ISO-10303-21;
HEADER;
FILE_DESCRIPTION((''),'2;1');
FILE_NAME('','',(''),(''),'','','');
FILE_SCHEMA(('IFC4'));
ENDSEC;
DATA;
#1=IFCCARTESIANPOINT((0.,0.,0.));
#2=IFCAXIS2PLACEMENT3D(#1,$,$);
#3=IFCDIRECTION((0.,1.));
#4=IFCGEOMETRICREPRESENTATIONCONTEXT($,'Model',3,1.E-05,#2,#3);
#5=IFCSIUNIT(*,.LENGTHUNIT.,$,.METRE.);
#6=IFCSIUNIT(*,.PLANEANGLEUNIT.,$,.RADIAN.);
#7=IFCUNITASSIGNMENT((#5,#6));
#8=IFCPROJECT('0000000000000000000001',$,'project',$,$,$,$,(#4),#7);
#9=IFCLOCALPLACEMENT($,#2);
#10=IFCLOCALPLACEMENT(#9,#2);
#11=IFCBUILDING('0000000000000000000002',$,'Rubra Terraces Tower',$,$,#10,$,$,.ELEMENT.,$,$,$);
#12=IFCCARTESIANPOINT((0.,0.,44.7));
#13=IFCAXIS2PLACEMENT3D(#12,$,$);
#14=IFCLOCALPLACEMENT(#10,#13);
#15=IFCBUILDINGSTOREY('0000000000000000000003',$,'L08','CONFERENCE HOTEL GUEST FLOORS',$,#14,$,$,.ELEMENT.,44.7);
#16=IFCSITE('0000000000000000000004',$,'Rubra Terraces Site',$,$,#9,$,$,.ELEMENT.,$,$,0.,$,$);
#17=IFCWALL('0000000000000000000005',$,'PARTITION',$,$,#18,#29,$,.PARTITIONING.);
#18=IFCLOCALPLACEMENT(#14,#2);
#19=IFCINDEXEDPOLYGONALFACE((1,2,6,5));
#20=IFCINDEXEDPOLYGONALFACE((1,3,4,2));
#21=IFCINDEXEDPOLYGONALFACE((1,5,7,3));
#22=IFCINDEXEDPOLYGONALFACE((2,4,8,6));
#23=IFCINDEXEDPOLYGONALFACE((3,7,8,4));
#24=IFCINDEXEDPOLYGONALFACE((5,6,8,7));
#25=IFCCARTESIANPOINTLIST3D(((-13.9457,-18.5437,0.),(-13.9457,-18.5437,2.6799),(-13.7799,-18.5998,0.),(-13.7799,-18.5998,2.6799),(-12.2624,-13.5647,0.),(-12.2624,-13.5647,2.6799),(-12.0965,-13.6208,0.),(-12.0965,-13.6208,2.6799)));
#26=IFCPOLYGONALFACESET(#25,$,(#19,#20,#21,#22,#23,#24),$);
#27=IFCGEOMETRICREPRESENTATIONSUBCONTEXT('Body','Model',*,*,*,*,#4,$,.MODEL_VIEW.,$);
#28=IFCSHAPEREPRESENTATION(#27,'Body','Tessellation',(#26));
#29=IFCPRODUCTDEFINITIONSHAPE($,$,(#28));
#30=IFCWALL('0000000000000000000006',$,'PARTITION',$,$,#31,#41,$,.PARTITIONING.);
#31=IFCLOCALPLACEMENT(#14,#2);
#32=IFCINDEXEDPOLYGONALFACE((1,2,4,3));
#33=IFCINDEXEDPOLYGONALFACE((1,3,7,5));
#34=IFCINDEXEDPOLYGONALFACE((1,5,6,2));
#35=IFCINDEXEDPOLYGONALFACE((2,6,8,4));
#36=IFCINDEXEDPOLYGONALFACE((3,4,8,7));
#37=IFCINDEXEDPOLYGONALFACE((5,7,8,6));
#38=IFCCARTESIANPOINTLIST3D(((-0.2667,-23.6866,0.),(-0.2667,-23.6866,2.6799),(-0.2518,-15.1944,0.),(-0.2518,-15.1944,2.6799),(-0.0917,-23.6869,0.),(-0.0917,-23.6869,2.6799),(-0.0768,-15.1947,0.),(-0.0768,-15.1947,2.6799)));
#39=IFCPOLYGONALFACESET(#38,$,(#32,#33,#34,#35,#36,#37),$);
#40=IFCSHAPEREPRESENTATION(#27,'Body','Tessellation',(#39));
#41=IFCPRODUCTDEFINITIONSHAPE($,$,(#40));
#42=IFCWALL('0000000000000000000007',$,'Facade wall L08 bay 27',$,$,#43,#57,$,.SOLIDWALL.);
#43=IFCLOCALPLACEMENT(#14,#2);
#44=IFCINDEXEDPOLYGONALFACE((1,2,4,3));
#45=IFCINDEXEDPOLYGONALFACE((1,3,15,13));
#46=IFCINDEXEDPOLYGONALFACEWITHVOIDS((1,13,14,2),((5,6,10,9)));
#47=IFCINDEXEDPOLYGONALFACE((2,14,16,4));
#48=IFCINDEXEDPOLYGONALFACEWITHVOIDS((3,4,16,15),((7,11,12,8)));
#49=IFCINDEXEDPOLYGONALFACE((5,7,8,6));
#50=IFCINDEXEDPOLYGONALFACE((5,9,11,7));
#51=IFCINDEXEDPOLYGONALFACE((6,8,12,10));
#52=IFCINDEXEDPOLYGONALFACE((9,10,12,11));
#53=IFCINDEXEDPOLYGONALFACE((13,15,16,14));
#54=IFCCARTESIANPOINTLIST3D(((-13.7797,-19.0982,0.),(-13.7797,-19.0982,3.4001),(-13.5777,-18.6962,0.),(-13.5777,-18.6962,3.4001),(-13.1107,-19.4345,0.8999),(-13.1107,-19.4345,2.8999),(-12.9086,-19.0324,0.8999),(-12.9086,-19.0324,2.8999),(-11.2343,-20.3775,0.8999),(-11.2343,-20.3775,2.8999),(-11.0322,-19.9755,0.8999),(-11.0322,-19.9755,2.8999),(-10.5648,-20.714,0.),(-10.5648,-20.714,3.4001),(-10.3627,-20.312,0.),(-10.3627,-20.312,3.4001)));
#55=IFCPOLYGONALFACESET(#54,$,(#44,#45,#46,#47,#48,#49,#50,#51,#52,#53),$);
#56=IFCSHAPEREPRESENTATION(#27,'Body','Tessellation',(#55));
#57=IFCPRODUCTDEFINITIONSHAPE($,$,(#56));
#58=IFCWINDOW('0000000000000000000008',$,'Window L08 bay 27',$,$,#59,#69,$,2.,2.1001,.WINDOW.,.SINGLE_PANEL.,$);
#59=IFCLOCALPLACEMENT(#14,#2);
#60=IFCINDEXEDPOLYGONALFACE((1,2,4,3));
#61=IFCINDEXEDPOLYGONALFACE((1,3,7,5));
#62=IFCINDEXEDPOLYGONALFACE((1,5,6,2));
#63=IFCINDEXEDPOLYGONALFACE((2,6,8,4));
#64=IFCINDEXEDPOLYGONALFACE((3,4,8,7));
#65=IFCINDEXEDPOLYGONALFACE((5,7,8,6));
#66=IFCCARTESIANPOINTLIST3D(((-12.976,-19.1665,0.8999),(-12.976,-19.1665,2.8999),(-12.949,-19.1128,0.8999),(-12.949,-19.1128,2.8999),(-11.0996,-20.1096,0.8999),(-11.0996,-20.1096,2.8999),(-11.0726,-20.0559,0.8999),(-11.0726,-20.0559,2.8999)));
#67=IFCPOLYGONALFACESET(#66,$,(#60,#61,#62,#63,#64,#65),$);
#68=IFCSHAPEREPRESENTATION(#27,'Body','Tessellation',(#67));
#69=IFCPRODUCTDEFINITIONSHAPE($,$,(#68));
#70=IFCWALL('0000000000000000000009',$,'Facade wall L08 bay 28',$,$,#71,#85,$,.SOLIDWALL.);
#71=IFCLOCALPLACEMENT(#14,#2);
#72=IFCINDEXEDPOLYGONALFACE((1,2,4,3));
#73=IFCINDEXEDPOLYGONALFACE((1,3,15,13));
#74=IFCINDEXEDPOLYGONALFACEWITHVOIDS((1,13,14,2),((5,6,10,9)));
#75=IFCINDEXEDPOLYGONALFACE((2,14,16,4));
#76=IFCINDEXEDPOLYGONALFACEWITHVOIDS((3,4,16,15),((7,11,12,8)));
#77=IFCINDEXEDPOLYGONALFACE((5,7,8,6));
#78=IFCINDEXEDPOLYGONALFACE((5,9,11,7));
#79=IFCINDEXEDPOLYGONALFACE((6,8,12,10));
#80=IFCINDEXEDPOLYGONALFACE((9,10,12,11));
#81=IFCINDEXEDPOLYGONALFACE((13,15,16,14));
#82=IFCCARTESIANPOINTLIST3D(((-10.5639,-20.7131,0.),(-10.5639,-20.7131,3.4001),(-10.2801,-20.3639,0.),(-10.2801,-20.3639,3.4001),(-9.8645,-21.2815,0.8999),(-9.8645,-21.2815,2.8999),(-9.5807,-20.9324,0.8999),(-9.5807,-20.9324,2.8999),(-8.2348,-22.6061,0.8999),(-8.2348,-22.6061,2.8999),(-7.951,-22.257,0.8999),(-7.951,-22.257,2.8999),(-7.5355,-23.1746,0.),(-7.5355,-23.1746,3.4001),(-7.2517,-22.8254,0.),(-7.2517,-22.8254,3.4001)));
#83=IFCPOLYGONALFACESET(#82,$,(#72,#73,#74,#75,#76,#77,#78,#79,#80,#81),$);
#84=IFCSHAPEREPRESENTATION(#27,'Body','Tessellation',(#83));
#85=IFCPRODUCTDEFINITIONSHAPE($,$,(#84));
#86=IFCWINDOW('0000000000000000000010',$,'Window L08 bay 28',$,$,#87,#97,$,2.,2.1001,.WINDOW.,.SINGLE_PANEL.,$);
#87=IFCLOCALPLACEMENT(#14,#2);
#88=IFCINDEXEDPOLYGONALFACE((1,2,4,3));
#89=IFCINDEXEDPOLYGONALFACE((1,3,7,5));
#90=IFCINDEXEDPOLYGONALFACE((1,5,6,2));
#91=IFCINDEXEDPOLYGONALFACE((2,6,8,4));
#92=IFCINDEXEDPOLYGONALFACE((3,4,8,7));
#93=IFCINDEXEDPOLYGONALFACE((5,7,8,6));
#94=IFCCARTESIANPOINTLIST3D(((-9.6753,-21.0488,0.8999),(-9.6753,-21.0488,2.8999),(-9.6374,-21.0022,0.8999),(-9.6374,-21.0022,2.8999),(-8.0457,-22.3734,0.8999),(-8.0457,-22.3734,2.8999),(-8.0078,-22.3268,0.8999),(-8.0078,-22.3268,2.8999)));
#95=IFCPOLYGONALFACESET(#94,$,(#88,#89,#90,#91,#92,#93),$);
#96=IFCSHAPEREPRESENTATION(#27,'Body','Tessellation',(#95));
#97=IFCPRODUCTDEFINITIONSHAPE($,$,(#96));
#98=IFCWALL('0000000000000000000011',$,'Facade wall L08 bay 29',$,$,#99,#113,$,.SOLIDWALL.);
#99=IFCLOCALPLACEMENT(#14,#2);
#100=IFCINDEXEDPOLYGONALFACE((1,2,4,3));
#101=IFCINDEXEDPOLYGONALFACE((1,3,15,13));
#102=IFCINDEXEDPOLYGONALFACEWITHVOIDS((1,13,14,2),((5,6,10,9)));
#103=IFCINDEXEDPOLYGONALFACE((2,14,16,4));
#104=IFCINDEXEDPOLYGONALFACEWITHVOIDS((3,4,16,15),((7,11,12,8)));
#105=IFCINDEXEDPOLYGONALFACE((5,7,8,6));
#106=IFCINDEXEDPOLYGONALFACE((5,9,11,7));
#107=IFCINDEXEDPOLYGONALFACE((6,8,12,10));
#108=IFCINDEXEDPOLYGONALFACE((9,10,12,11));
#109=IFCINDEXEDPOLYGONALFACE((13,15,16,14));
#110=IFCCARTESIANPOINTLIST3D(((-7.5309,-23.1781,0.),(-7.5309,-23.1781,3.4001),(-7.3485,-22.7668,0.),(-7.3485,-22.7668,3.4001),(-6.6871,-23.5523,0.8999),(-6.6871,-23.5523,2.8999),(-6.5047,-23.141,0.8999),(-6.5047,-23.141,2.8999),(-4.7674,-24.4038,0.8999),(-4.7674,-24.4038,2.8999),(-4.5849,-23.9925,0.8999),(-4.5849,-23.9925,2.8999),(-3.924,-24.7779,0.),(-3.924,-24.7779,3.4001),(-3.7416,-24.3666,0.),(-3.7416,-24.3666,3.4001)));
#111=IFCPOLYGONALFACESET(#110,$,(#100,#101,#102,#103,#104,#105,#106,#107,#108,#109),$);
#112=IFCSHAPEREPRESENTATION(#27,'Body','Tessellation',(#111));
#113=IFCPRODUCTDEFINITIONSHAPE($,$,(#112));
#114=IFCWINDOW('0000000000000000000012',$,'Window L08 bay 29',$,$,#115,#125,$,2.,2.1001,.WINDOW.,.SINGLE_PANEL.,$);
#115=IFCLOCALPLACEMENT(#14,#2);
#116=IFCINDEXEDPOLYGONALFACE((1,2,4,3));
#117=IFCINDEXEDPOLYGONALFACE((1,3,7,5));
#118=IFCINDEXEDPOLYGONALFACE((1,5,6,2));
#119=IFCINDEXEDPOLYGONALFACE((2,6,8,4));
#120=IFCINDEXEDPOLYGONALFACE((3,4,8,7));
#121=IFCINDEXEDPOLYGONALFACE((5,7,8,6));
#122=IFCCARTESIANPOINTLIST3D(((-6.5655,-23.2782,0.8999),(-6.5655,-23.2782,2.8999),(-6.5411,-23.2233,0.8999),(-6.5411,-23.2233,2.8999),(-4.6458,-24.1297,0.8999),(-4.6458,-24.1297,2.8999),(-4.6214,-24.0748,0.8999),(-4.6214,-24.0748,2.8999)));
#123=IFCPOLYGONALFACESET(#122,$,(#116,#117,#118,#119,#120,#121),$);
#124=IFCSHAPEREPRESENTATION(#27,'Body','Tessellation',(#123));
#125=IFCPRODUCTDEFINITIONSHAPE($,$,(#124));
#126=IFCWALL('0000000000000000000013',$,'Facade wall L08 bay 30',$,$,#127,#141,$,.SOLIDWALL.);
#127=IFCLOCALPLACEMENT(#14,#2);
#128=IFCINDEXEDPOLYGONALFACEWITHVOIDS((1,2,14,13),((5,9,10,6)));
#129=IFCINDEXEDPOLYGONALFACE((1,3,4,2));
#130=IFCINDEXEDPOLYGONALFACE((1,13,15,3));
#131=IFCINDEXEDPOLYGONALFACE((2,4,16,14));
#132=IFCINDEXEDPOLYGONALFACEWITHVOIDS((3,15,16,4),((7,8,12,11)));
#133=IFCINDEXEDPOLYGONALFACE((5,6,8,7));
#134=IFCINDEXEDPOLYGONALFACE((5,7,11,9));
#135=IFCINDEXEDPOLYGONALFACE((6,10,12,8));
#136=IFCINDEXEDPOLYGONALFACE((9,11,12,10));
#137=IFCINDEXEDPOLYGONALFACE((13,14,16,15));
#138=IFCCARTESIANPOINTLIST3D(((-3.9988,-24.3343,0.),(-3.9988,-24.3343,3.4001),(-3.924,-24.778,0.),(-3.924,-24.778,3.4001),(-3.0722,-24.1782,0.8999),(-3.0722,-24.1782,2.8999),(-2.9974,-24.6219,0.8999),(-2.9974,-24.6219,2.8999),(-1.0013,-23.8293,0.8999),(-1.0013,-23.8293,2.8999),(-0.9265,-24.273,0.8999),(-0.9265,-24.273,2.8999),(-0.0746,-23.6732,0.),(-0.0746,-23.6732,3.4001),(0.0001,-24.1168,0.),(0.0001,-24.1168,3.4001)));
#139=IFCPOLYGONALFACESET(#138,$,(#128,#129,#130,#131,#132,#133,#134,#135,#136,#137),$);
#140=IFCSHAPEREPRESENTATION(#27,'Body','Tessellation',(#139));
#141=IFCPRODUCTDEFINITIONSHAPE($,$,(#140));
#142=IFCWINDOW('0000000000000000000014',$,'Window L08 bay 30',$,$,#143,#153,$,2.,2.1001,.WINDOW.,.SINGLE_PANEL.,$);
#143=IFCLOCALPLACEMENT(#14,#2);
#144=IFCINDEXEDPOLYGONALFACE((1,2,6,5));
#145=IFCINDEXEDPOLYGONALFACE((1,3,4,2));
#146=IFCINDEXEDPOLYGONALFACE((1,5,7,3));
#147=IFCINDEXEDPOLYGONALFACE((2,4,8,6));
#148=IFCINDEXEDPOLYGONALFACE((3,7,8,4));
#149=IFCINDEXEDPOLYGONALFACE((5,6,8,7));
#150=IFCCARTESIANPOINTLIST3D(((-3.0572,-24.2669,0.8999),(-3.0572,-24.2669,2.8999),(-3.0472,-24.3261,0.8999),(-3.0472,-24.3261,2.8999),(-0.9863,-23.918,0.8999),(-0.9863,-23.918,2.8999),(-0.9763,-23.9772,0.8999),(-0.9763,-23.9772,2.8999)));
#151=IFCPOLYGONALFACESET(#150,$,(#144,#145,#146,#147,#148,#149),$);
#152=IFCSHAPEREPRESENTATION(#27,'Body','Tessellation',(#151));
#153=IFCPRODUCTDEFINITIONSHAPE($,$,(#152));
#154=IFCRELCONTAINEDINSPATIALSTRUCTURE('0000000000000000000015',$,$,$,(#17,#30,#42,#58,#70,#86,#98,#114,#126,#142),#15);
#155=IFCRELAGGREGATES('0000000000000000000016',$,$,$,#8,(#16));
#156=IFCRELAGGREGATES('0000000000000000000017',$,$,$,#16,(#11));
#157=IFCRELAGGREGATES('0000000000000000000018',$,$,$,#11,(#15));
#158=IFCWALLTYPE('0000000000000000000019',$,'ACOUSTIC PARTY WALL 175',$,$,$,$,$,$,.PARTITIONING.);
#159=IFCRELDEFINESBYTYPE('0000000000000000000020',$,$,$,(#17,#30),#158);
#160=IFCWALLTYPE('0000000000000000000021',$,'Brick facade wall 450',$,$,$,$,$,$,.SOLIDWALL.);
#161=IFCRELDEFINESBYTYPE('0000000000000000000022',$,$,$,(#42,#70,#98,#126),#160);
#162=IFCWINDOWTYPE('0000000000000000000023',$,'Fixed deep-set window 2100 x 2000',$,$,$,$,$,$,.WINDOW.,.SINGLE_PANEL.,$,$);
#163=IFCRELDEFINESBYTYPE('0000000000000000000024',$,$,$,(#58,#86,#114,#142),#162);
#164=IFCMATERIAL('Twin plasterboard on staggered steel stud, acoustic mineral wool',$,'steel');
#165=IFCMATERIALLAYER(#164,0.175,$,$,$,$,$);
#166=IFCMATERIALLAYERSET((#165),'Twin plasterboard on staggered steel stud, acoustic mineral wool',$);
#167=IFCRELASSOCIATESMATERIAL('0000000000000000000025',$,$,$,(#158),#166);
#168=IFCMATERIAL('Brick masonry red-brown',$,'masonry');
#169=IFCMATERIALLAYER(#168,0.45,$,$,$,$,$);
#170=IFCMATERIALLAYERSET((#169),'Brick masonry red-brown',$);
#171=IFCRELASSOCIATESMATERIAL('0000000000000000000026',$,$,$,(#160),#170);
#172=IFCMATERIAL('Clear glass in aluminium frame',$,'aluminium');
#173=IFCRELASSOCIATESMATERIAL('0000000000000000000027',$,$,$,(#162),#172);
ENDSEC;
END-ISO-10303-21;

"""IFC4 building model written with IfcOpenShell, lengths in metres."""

from ifc_helpers import new_model, si_unit, direction, frame, frame_2d, origin, place, context, subcontext, project, spatial, rectangle, extrude, material, layer, layer_set, type_object, element, fill, save


model = new_model("IFC4")

# Units and contexts
model_context = context("Model", 3, precision=1e-05, world=origin(), true_north=direction((0.0, 1.0)))
body_context = subcontext(model_context, "Body", "Model", "MODEL_VIEW")
ifc_project = project(units=[si_unit("LENGTHUNIT", "METRE"), si_unit("PLANEANGLEUNIT", "RADIAN")], contexts=[model_context])

# Site, building, storey
site_placement = place(None, origin())
site = spatial("IfcSite", under=ifc_project, at=site_placement, Name="Rubra Terraces Site", CompositionType="ELEMENT", RefElevation=0.0)
building_placement = place(site_placement, origin())
building = spatial("IfcBuilding", under=site, at=building_placement, Name="Rubra Terraces Tower", CompositionType="ELEMENT")
storey_placement = place(building_placement, frame((0.0, 0.0, 44.7)))
storey = spatial("IfcBuildingStorey", under=building, at=storey_placement, Name="L08", Description="CONFERENCE HOTEL GUEST FLOORS", CompositionType="ELEMENT", Elevation=44.7)

# Walls
ifc_material_1 = material(Name="Twin plasterboard on staggered steel stud, acoustic mineral wool", Category="steel")
ifc_layer_1 = layer(ifc_material_1, 0.175)
ifc_layer_set_1 = layer_set([ifc_layer_1], Name="Twin plasterboard on staggered steel stud, acoustic mineral wool")
wall_type_1 = type_object("IfcWallType", Name="ACOUSTIC PARTY WALL 175", PredefinedType="PARTITIONING", material=ifc_layer_set_1)
wall_1_placement = place(storey_placement, frame((-13.8628, -18.5718, 0.0), z_axis=(0.0, 0.0, 1.0), x_axis=(0.32028, 0.947323, 0.0)))
element("IfcWall", 1, at=wall_1_placement, inside=storey, type_object=wall_type_1, Name="PARTITION", PredefinedType="PARTITIONING", context=body_context, shape_type="SweptSolid", body=[
    extrude(rectangle(XDim=5.2559, YDim=0.175, at=frame_2d((2.6279, 0.0))), origin(), (0.0, 0.0, 1.0), 2.6799),
])
wall_2_placement = place(storey_placement, frame((-0.1792, -23.6868, 0.0), z_axis=(0.0, 0.0, 1.0), x_axis=(0.001754, 0.999998, 0.0)))
element("IfcWall", 2, at=wall_2_placement, inside=storey, type_object=wall_type_1, Name="PARTITION", PredefinedType="PARTITIONING", context=body_context, shape_type="SweptSolid", body=[
    extrude(rectangle(XDim=8.4922, YDim=0.175, at=frame_2d((4.2461, 0.0))), origin(), (0.0, 0.0, 1.0), 2.6799),
])

# Walls, openings, windows
ifc_material_2 = material(Name="Brick masonry red-brown", Category="masonry")
ifc_layer_2 = layer(ifc_material_2, 0.45)
ifc_layer_set_2 = layer_set([ifc_layer_2], Name="Brick masonry red-brown")
wall_type_2 = type_object("IfcWallType", Name="Brick facade wall 450", PredefinedType="SOLIDWALL", material=ifc_layer_set_2)
wall_3_placement = place(storey_placement, frame((-13.6787, -18.8972, 0.0), z_axis=(0.0, 0.0, 1.0), x_axis=(0.893502, -0.449058, 0.0)))
wall_3 = element("IfcWall", 3, at=wall_3_placement, inside=storey, type_object=wall_type_2, Name="Facade wall L08 bay 27", PredefinedType="SOLIDWALL", context=body_context, shape_type="SweptSolid", body=[
    extrude(rectangle(XDim=3.5981, YDim=0.45, at=frame_2d((1.7991, 0.0))), origin(), (0.0, 0.0, 1.0), 3.4001),
])
opening_1_placement = place(wall_3_placement, frame((0.7488, 0.0, 0.8999)))
opening_1 = element("IfcOpeningElement", 4, at=opening_1_placement, cuts=wall_3, PredefinedType="OPENING", context=body_context, shape_type="SweptSolid", body=[
    extrude(rectangle(XDim=2.1001, YDim=2.0, at=frame_2d((1.05, 1.0))), frame((0.0, 0.2349, 0.0), z_axis=(0.0, -1.0, 0.0), x_axis=(1.0, 0.0, 0.0)), (0.0, 0.0, 1.0), 0.47),
])
ifc_material_3 = material(Name="Clear glass in aluminium frame", Category="aluminium")
window_type = type_object("IfcWindowType", Name="Fixed deep-set window 2100 x 2000", PartitioningType="SINGLE_PANEL", PredefinedType="WINDOW", material=ifc_material_3)
window_1_placement = place(opening_1_placement, origin())
window_1 = element("IfcWindow", 5, at=window_1_placement, inside=storey, type_object=window_type, Name="Window L08 bay 27", OverallHeight=2.0, OverallWidth=2.1001, PartitioningType="SINGLE_PANEL", PredefinedType="WINDOW", context=body_context, shape_type="SweptSolid", body=[
    extrude(rectangle(XDim=2.1001, YDim=2.0, at=frame_2d((1.05, 1.0))), frame((0.0, 0.135, 0.0), z_axis=(0.0, -1.0, 0.0), x_axis=(1.0, 0.0, 0.0)), (0.0, 0.0, 1.0), 0.0601),
])
fill(opening_1, window_1)
wall_4_placement = place(storey_placement, frame((-10.4219, -20.5386, 0.0), z_axis=(0.0, 0.0, 1.0), x_axis=(0.775999, -0.630734, 0.0)))
wall_4 = element("IfcWall", 6, at=wall_4_placement, inside=storey, type_object=wall_type_2, Name="Facade wall L08 bay 28", PredefinedType="SOLIDWALL", context=body_context, shape_type="SweptSolid", body=[
    extrude(rectangle(XDim=3.9026, YDim=0.45, at=frame_2d((1.9512, 0.0))), origin(), (0.0, 0.0, 1.0), 3.4001),
])
opening_2_placement = place(wall_4_placement, frame((0.9011, 0.0, 0.8999)))
opening_2 = element("IfcOpeningElement", 7, at=opening_2_placement, cuts=wall_4, PredefinedType="OPENING", context=body_context, shape_type="SweptSolid", body=[
    extrude(rectangle(XDim=2.1001, YDim=2.0, at=frame_2d((1.05, 1.0))), frame((0.0, 0.2349, 0.0), z_axis=(0.0, -1.0, 0.0), x_axis=(1.0, 0.0, 0.0)), (0.0, 0.0, 1.0), 0.47),
])
window_2_placement = place(opening_2_placement, origin())
window_2 = element("IfcWindow", 8, at=window_2_placement, inside=storey, type_object=window_type, Name="Window L08 bay 28", OverallHeight=2.0, OverallWidth=2.1001, PartitioningType="SINGLE_PANEL", PredefinedType="WINDOW", context=body_context, shape_type="SweptSolid", body=[
    extrude(rectangle(XDim=2.1001, YDim=2.0, at=frame_2d((1.05, 1.0))), frame((0.0, 0.135, 0.0), z_axis=(0.0, -1.0, 0.0), x_axis=(1.0, 0.0, 0.0)), (0.0, 0.0, 1.0), 0.0601),
])
fill(opening_2, window_2)
wall_5_placement = place(storey_placement, frame((-7.4397, -22.9724, 0.0), z_axis=(0.0, 0.0, 1.0), x_axis=(0.914115, -0.405455, 0.0)))
wall_5 = element("IfcWall", 9, at=wall_5_placement, inside=storey, type_object=wall_type_2, Name="Facade wall L08 bay 29", PredefinedType="SOLIDWALL", context=body_context, shape_type="SweptSolid", body=[
    extrude(rectangle(XDim=3.9458, YDim=0.45, at=frame_2d((1.9729, 0.0))), origin(), (0.0, 0.0, 1.0), 3.4001),
])
opening_3_placement = place(wall_5_placement, frame((0.9231, 0.0, 0.8999)))
opening_3 = element("IfcOpeningElement", 10, at=opening_3_placement, cuts=wall_5, PredefinedType="OPENING", context=body_context, shape_type="SweptSolid", body=[
    extrude(rectangle(XDim=2.1001, YDim=2.0, at=frame_2d((1.05, 1.0))), frame((0.0, 0.2349, 0.0), z_axis=(0.0, -1.0, 0.0), x_axis=(1.0, 0.0, 0.0)), (0.0, 0.0, 1.0), 0.47),
])
window_3_placement = place(opening_3_placement, origin())
window_3 = element("IfcWindow", 11, at=window_3_placement, inside=storey, type_object=window_type, Name="Window L08 bay 29", OverallHeight=2.0, OverallWidth=2.1001, PartitioningType="SINGLE_PANEL", PredefinedType="WINDOW", context=body_context, shape_type="SweptSolid", body=[
    extrude(rectangle(XDim=2.1001, YDim=2.0, at=frame_2d((1.05, 1.0))), frame((0.0, 0.135, 0.0), z_axis=(0.0, -1.0, 0.0), x_axis=(1.0, 0.0, 0.0)), (0.0, 0.0, 1.0), 0.0601),
])
fill(opening_3, window_3)
wall_6_placement = place(storey_placement, frame((-3.9614, -24.5562, 0.0), z_axis=(0.0, 0.0, 1.0), x_axis=(0.986102, 0.16614, 0.0)))
wall_6 = element("IfcWall", 12, at=wall_6_placement, inside=storey, type_object=wall_type_2, Name="Facade wall L08 bay 30", PredefinedType="SOLIDWALL", context=body_context, shape_type="SweptSolid", body=[
    extrude(rectangle(XDim=3.9795, YDim=0.45, at=frame_2d((1.9897, 0.0))), origin(), (0.0, 0.0, 1.0), 3.4001),
])
opening_4_placement = place(wall_6_placement, frame((0.9397, 0.0, 0.8999)))
opening_4 = element("IfcOpeningElement", 13, at=opening_4_placement, cuts=wall_6, PredefinedType="OPENING", context=body_context, shape_type="SweptSolid", body=[
    extrude(rectangle(XDim=2.1001, YDim=2.0, at=frame_2d((1.05, 1.0))), frame((0.0, 0.2349, 0.0), z_axis=(0.0, -1.0, 0.0), x_axis=(1.0, 0.0, 0.0)), (0.0, 0.0, 1.0), 0.47),
])
window_4_placement = place(opening_4_placement, origin())
window_4 = element("IfcWindow", 14, at=window_4_placement, inside=storey, type_object=window_type, Name="Window L08 bay 30", OverallHeight=2.0, OverallWidth=2.1001, PartitioningType="SINGLE_PANEL", PredefinedType="WINDOW", context=body_context, shape_type="SweptSolid", body=[
    extrude(rectangle(XDim=2.1001, YDim=2.0, at=frame_2d((1.05, 1.0))), frame((0.0, 0.135, 0.0), z_axis=(0.0, -1.0, 0.0), x_axis=(1.0, 0.0, 0.0)), (0.0, 0.0, 1.0), 0.0601),
])
fill(opening_4, window_4)

save(model, "model.ifc")
